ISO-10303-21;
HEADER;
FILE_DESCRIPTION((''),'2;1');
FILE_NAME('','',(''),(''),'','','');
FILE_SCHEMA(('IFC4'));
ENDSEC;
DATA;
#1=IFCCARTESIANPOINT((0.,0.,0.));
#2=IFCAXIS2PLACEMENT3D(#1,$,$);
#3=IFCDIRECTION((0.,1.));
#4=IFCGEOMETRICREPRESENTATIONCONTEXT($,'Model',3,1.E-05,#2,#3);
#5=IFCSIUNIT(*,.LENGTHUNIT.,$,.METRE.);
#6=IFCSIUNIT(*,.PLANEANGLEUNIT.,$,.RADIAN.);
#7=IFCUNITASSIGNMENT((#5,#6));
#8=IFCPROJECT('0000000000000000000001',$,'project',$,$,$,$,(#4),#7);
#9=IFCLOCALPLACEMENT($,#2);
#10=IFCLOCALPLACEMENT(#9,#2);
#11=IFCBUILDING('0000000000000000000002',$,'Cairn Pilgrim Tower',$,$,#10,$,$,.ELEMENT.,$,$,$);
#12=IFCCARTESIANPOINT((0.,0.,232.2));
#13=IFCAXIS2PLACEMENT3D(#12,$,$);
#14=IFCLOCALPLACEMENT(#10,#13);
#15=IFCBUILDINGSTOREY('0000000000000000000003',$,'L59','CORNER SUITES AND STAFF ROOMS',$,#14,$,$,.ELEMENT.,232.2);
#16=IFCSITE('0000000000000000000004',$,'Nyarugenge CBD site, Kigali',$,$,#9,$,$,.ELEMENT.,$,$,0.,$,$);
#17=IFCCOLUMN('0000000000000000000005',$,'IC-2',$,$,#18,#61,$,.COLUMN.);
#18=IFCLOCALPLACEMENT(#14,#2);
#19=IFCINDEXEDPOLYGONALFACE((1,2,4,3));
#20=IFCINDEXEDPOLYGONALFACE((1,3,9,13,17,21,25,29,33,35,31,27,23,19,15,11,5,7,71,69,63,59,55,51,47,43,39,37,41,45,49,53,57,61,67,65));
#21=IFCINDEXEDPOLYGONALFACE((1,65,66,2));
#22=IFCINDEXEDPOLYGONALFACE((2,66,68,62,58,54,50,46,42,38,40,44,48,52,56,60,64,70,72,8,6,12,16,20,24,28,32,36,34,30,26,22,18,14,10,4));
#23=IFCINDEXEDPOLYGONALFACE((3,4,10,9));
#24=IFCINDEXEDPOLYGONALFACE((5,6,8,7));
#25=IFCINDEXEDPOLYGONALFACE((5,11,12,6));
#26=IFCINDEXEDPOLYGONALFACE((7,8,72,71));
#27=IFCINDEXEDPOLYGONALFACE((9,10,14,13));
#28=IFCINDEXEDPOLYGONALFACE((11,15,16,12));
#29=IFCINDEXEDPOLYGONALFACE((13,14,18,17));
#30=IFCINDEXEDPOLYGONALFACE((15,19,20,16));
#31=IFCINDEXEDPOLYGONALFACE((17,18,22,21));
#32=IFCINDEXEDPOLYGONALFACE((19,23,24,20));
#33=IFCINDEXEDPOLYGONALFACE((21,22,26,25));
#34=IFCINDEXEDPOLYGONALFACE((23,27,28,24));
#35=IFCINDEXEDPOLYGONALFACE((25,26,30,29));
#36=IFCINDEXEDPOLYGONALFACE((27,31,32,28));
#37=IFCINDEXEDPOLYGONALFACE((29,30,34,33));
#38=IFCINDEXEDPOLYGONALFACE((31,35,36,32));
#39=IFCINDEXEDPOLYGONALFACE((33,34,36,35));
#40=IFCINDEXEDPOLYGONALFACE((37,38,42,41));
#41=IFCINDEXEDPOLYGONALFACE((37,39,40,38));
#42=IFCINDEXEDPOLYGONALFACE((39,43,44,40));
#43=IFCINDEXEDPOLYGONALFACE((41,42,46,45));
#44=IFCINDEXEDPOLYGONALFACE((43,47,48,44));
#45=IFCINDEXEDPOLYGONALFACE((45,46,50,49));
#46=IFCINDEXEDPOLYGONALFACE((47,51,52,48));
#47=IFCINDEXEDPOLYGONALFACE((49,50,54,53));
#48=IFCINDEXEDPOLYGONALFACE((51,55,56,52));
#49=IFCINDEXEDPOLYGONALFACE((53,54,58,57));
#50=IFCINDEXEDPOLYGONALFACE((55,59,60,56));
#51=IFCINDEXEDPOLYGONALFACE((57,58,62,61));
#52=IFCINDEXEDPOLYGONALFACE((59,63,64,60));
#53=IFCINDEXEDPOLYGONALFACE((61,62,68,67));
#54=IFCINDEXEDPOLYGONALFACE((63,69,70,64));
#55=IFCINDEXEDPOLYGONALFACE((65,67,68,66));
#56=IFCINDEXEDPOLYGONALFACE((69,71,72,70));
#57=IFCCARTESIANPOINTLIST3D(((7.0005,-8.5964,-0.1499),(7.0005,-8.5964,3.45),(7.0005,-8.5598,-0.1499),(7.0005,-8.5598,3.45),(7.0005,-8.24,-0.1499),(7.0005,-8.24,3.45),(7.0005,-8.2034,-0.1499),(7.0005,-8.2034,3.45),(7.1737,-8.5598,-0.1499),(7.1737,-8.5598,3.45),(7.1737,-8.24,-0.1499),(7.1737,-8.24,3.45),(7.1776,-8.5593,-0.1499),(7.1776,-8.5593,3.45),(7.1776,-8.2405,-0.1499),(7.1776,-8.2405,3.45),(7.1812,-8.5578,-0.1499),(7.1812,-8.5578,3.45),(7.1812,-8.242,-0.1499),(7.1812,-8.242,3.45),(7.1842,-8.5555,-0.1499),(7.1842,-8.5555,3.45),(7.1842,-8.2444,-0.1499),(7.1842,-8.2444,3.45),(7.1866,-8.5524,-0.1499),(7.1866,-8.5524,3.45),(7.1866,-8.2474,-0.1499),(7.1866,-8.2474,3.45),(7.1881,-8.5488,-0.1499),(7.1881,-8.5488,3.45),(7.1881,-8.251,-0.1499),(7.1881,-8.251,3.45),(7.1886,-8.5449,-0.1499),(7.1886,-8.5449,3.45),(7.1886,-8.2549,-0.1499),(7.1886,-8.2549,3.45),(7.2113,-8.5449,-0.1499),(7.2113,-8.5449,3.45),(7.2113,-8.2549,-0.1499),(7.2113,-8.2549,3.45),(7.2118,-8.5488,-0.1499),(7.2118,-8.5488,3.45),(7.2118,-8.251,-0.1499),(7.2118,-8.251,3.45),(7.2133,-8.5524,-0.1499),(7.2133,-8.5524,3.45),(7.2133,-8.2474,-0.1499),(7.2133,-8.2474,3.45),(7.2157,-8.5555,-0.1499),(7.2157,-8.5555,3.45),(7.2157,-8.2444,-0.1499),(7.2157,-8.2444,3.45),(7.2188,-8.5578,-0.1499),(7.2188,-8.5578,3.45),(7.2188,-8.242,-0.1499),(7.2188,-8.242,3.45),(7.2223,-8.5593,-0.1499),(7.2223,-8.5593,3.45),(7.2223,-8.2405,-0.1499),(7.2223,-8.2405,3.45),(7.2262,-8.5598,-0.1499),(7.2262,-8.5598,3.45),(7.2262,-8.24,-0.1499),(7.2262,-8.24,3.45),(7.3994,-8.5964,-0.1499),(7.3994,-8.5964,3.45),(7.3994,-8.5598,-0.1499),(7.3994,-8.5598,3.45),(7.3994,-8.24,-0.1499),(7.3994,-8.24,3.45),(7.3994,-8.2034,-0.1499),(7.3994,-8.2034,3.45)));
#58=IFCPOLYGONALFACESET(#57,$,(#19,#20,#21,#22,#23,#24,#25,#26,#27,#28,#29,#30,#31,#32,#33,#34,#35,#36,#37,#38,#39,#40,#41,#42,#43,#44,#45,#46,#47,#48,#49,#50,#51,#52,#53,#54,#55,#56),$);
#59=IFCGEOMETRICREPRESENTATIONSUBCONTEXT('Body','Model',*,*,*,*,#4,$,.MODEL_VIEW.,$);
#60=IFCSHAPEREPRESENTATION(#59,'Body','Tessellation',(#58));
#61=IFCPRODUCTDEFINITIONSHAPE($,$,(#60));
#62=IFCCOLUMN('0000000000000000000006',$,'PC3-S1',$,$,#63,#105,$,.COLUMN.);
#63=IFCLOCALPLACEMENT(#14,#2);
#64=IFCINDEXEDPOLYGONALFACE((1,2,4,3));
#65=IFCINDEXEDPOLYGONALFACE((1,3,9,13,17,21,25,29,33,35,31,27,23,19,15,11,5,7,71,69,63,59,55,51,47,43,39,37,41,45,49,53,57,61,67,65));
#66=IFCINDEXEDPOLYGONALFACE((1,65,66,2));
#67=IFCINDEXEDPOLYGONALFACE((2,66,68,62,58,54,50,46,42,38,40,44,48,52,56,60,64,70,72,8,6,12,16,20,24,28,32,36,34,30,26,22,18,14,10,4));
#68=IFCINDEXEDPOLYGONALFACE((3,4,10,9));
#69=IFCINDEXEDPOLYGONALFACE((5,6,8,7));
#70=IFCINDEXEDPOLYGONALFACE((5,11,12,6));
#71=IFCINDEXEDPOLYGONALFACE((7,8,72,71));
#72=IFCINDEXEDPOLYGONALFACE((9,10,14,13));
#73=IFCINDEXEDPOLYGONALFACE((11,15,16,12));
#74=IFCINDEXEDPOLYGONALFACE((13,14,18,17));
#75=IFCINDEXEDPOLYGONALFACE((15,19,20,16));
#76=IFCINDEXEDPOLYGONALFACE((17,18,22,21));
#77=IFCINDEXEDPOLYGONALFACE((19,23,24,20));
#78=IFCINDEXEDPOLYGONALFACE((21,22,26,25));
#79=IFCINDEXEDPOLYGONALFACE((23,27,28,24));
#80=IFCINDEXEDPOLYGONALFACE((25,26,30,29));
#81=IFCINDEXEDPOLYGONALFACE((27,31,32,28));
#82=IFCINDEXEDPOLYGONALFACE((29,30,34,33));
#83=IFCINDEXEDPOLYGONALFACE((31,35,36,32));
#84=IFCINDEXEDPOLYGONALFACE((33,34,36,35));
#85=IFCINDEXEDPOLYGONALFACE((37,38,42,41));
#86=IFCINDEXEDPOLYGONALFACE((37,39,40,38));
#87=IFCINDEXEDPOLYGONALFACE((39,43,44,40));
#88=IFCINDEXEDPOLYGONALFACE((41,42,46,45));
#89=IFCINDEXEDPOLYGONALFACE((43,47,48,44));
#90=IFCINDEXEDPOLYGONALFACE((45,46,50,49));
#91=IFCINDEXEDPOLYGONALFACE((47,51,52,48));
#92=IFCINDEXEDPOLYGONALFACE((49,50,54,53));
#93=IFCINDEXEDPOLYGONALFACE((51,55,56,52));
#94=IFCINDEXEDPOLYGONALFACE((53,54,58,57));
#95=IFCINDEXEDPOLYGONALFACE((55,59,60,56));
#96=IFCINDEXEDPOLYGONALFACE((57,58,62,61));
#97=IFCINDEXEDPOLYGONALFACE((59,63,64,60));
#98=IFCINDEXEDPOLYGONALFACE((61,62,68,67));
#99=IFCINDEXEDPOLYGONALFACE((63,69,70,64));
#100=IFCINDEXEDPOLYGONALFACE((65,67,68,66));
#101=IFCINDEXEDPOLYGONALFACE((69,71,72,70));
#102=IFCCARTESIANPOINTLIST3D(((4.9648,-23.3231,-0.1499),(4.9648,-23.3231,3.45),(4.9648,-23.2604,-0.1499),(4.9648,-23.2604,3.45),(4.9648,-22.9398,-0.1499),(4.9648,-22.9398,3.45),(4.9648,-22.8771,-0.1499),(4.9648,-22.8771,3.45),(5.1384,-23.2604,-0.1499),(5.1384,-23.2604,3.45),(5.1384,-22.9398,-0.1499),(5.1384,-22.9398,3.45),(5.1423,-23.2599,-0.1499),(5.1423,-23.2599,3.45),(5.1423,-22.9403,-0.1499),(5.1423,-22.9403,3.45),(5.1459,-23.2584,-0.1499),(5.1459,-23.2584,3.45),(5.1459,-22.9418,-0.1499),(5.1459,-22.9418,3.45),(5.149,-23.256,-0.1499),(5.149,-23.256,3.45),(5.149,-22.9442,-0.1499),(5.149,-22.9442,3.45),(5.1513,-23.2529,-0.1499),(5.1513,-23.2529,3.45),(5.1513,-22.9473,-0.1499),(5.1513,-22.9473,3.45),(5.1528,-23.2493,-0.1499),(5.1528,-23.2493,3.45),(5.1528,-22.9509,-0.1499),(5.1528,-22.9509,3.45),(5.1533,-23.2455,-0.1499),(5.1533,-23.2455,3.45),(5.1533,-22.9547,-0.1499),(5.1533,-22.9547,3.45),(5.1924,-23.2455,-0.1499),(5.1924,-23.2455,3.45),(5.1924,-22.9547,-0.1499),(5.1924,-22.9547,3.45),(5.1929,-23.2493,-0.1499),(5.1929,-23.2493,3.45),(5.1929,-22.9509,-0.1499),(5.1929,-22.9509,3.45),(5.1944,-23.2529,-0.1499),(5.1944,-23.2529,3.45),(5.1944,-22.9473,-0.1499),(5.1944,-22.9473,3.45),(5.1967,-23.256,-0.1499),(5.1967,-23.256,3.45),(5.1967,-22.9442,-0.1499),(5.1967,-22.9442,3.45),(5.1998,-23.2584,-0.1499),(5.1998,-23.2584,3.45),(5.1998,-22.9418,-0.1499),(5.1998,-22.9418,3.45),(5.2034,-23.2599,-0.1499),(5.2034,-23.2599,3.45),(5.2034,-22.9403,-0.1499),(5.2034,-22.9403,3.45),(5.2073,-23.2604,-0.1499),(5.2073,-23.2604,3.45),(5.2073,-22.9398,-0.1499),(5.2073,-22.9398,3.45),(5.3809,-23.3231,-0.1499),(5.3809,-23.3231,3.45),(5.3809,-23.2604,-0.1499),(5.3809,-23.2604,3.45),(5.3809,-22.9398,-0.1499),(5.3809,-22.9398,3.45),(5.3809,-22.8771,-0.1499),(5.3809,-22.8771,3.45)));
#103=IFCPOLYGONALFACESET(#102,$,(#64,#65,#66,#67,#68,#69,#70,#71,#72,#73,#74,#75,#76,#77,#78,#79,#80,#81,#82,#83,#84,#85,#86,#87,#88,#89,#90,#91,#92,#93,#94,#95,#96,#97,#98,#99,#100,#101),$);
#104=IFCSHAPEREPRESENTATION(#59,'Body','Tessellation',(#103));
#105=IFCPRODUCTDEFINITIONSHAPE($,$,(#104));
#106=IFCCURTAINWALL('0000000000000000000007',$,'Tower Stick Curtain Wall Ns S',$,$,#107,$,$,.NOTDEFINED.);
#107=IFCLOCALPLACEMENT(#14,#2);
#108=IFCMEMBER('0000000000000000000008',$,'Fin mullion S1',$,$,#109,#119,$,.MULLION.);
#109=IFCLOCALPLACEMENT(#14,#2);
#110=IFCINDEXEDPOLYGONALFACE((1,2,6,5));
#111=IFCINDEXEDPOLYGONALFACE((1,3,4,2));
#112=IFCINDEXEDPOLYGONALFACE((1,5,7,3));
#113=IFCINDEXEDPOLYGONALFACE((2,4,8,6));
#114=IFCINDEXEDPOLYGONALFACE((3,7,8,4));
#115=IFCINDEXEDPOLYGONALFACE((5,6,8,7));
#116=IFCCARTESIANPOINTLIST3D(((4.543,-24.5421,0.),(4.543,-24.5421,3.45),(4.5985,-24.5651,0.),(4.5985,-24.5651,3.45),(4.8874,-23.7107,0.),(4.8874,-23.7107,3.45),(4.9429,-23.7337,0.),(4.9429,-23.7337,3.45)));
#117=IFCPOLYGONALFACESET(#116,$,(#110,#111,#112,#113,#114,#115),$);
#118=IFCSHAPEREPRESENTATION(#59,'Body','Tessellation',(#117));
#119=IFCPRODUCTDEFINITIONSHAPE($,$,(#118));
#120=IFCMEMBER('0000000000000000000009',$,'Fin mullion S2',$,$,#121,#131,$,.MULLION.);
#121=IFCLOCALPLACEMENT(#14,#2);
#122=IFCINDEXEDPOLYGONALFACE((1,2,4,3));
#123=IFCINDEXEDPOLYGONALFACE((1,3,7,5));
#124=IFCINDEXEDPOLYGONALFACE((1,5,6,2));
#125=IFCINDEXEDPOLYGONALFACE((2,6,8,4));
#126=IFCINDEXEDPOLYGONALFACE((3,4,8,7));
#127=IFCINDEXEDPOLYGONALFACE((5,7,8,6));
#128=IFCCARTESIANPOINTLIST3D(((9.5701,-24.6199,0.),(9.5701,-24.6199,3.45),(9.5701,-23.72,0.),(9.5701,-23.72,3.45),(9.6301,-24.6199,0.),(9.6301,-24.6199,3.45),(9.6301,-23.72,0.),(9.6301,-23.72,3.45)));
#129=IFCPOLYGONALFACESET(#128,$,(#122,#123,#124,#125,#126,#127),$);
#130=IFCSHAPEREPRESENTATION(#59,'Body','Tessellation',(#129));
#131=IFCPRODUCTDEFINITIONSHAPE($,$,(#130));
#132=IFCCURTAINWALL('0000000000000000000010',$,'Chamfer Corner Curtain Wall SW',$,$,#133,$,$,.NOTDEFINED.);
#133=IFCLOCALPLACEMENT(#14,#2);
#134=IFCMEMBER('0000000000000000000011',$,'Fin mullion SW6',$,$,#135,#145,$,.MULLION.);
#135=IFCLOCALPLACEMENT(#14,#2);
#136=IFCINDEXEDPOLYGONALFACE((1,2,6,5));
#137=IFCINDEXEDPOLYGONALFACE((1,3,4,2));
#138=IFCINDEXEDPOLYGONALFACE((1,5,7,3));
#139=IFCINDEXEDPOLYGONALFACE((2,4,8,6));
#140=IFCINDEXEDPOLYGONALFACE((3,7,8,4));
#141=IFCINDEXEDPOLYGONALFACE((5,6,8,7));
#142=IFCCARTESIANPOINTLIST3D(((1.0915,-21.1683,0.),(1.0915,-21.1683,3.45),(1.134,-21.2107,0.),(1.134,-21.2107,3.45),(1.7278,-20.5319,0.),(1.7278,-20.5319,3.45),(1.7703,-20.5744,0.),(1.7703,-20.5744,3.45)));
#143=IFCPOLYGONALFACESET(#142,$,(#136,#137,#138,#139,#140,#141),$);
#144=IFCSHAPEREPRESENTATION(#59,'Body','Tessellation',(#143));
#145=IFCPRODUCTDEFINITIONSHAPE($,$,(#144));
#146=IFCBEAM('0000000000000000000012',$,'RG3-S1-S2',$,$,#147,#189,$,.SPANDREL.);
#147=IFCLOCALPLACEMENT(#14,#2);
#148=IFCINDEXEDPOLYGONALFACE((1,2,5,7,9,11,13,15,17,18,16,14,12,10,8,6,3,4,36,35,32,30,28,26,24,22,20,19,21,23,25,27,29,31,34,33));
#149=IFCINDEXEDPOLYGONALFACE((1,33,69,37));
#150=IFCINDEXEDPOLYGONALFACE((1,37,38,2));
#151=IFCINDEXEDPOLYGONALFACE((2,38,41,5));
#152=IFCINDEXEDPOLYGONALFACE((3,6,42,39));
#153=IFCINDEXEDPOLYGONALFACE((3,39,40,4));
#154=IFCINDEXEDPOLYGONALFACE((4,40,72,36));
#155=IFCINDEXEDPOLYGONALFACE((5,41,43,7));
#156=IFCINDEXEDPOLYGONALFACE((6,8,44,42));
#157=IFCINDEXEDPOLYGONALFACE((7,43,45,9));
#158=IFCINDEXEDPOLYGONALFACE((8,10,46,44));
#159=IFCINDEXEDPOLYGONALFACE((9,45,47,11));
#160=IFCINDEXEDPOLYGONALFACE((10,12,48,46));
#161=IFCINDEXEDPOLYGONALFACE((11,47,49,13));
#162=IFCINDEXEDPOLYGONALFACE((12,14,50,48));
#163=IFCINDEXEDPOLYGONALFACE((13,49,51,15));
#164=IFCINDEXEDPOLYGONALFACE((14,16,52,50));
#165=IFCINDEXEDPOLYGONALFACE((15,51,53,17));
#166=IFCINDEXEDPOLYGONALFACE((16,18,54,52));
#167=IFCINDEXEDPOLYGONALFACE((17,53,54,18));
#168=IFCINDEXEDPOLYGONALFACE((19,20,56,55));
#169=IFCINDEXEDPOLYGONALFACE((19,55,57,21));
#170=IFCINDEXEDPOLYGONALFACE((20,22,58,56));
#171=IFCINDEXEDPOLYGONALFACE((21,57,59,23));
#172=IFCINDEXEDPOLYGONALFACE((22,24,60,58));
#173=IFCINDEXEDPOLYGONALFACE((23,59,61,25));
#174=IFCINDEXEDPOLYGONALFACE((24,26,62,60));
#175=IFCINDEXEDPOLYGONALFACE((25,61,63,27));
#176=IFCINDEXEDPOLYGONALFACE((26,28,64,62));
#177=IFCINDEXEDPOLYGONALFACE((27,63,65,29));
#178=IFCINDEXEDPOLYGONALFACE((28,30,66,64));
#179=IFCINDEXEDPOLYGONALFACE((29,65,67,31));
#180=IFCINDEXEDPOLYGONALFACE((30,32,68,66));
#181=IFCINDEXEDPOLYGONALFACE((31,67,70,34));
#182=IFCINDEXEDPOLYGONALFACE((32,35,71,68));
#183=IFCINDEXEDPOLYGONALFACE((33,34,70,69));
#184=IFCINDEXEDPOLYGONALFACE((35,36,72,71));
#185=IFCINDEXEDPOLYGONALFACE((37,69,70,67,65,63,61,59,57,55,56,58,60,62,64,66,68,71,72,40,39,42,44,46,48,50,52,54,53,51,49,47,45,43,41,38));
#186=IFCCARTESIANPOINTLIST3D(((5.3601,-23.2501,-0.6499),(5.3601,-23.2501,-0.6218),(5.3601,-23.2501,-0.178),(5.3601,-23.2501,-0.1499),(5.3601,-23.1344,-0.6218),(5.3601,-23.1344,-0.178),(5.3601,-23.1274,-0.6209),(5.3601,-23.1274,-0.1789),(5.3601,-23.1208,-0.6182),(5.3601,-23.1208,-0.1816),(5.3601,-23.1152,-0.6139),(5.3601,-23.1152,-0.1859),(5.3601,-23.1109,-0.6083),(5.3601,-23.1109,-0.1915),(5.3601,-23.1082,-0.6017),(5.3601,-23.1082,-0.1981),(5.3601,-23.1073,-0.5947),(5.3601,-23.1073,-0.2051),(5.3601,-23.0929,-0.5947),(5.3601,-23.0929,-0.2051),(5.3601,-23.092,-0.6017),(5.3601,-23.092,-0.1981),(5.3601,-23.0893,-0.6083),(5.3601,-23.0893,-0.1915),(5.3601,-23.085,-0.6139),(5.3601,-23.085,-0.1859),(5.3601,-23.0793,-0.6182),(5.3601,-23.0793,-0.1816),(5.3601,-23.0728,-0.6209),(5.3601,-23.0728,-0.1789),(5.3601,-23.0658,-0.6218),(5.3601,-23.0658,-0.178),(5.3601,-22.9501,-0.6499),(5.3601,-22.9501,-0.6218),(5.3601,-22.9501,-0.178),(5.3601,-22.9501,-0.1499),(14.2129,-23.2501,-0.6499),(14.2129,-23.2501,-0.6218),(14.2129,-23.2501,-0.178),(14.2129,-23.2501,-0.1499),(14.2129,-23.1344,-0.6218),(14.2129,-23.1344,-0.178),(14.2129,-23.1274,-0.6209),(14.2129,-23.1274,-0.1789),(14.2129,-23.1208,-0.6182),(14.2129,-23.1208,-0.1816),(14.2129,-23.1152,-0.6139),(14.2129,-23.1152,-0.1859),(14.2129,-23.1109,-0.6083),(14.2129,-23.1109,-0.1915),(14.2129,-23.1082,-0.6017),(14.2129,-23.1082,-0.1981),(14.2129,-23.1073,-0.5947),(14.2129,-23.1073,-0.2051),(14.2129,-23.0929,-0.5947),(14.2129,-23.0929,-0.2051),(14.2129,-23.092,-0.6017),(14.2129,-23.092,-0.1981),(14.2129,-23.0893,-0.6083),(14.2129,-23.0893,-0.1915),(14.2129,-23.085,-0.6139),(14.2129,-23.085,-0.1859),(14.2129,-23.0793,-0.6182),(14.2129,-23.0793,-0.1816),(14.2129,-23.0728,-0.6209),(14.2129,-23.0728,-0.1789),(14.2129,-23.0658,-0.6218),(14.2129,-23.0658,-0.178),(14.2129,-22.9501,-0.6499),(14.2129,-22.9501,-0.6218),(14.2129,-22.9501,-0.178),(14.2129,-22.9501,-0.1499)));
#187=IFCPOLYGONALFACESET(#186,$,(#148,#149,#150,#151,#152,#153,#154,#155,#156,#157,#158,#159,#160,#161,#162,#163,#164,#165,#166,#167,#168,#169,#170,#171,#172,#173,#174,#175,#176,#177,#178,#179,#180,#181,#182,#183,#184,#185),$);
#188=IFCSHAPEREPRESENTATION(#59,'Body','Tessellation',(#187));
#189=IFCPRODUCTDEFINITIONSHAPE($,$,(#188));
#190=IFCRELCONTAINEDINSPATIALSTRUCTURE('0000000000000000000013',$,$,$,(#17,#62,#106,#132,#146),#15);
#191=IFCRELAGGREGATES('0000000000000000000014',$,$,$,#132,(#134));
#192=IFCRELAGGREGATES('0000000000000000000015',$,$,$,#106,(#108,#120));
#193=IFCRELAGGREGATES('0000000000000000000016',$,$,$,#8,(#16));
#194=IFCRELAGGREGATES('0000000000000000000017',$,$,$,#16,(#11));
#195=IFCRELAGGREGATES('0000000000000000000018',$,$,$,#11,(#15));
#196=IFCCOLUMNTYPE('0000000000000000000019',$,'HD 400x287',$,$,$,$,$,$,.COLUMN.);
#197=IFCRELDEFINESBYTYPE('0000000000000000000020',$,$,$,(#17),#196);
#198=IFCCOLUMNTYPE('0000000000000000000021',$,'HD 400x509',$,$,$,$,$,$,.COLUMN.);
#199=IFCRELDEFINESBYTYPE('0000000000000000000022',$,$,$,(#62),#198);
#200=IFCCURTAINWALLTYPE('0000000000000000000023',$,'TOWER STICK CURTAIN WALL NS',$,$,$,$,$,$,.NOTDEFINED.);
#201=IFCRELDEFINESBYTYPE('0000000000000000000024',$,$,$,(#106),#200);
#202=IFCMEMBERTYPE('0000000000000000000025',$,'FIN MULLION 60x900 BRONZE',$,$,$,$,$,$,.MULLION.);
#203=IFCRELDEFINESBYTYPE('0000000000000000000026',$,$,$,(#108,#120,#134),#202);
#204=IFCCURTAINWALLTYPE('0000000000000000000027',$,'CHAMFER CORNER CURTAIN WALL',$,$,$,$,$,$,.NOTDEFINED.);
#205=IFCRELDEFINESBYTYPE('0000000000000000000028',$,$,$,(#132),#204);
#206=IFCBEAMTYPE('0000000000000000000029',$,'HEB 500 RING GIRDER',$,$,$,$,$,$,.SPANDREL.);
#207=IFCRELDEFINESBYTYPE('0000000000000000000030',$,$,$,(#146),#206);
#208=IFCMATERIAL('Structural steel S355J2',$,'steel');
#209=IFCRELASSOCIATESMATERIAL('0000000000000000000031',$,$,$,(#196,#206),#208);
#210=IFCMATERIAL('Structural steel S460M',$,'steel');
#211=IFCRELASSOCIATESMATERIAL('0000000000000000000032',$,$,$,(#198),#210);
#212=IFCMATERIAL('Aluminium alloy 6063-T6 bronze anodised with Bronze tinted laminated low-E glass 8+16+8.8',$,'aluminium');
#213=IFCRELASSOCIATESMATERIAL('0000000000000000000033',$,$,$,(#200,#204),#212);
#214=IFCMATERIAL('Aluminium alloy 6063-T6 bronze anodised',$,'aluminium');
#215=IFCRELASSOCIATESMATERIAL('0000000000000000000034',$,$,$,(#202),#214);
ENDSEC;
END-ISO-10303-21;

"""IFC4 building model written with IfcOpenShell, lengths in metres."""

from ifc_helpers import new_model, si_unit, direction, frame, origin, origin_2d, place, context, subcontext, project, spatial, rectangle, i_section, extrude, material, material_profile, profile_set, type_object, element, aggregate, save


model = new_model("IFC4")

# Units and contexts
model_context = context("Model", 3, precision=1e-05, world=origin(), true_north=direction((0.0, 1.0)))
body_context = subcontext(model_context, "Body", "Model", "MODEL_VIEW")
ifc_project = project(units=[si_unit("LENGTHUNIT", "METRE"), si_unit("PLANEANGLEUNIT", "RADIAN")], contexts=[model_context])

# Site, building, storey
site_placement = place(None, origin())
site = spatial("IfcSite", under=ifc_project, at=site_placement, Name="Nyarugenge CBD site, Kigali", CompositionType="ELEMENT", RefElevation=0.0)
building_placement = place(site_placement, origin())
building = spatial("IfcBuilding", under=site, at=building_placement, Name="Cairn Pilgrim Tower", CompositionType="ELEMENT")
storey_placement = place(building_placement, frame((0.0, 0.0, 232.2)))
storey = spatial("IfcBuildingStorey", under=building, at=storey_placement, Name="L59", Description="CORNER SUITES AND STAFF ROOMS", CompositionType="ELEMENT", Elevation=232.2)

# Columns
ifc_material_1 = material(Name="Structural steel S355J2", Category="steel")
ifc_material_profile_1 = material_profile(ifc_material_1, i_section(OverallWidth=0.3989, OverallDepth=0.3931, WebThickness=0.0227, FlangeThickness=0.0366, FilletRadius=0.0149, at=origin_2d()), Name="HD 400x287")
ifc_profile_set_1 = profile_set([ifc_material_profile_1], Name="Structural steel S355J2")
column_type_1 = type_object("IfcColumnType", Name="HD 400x287", PredefinedType="COLUMN", material=ifc_profile_set_1)
column_1_placement = place(storey_placement, frame((7.2, -8.3999, -0.1499), z_axis=(0.0, 0.0, 1.0), x_axis=(1.0, 0.0, 0.0)))
element("IfcColumn", 1, at=column_1_placement, inside=storey, type_object=column_type_1, Name="IC-2", PredefinedType="COLUMN", context=body_context, shape_type="SweptSolid", body=[
    extrude(i_section(OverallWidth=0.3989, OverallDepth=0.3931, WebThickness=0.0227, FlangeThickness=0.0366, FilletRadius=0.0149, at=origin_2d()), origin(), (0.0, 0.0, 1.0), 3.5999),
])
ifc_material_2 = material(Name="Structural steel S460M", Category="steel")
ifc_material_profile_2 = material_profile(ifc_material_2, i_section(OverallWidth=0.416, OverallDepth=0.446, WebThickness=0.0391, FlangeThickness=0.0627, FilletRadius=0.0149, at=origin_2d()), Name="HD 400x509")
ifc_profile_set_2 = profile_set([ifc_material_profile_2], Name="Structural steel S460M")
column_type_2 = type_object("IfcColumnType", Name="HD 400x509", PredefinedType="COLUMN", material=ifc_profile_set_2)
column_2_placement = place(storey_placement, frame((5.1729, -23.1001, -0.1499), z_axis=(0.0, 0.0, 1.0), x_axis=(1.0, 0.0, 0.0)))
element("IfcColumn", 2, at=column_2_placement, inside=storey, type_object=column_type_2, Name="PC3-S1", PredefinedType="COLUMN", context=body_context, shape_type="SweptSolid", body=[
    extrude(i_section(OverallWidth=0.416, OverallDepth=0.446, WebThickness=0.0391, FlangeThickness=0.0627, FilletRadius=0.0149, at=origin_2d()), origin(), (0.0, 0.0, 1.0), 3.5999),
])

# Curtain wall, members
ifc_material_3 = material(Name="Aluminium alloy 6063-T6 bronze anodised with Bronze tinted laminated low-E glass 8+16+8.8", Category="aluminium")
curtain_wall_type_1 = type_object("IfcCurtainWallType", Name="TOWER STICK CURTAIN WALL NS", PredefinedType="NOTDEFINED", material=ifc_material_3)
curtain_wall_1_placement = place(storey_placement, origin())
curtain_wall_1 = element("IfcCurtainWall", 3, at=curtain_wall_1_placement, inside=storey, type_object=curtain_wall_type_1, Name="Tower Stick Curtain Wall Ns S", PredefinedType="NOTDEFINED")
ifc_material_4 = material(Name="Aluminium alloy 6063-T6 bronze anodised", Category="aluminium")
ifc_material_profile_3 = material_profile(ifc_material_4, rectangle(XDim=0.8999, YDim=0.0601, at=origin_2d()), Name="FIN MULLION 60x900 BRONZE")
ifc_profile_set_3 = profile_set([ifc_material_profile_3], Name="Aluminium alloy 6063-T6 bronze anodised")
member_type_1 = type_object("IfcMemberType", Name="FIN MULLION 60x900 BRONZE", PredefinedType="MULLION", material=ifc_profile_set_3)
member_1_placement = place(storey_placement, frame((4.7429, -24.1379, 0.0), z_axis=(0.0, 0.0, 1.0), x_axis=(-0.382683, -0.92388, 0.0)))
member_1 = element("IfcMember", 4, at=member_1_placement, type_object=member_type_1, Name="Fin mullion S1", PredefinedType="MULLION", context=body_context, shape_type="SweptSolid", body=[
    extrude(rectangle(XDim=0.8999, YDim=0.0601, at=origin_2d()), origin(), (0.0, 0.0, 1.0), 3.45),
])
member_2_placement = place(storey_placement, frame((9.6001, -24.1699, 0.0), z_axis=(0.0, 0.0, 1.0), x_axis=(0.0, -1.0, 0.0)))
member_2 = element("IfcMember", 5, at=member_2_placement, type_object=member_type_1, Name="Fin mullion S2", PredefinedType="MULLION", context=body_context, shape_type="SweptSolid", body=[
    extrude(rectangle(XDim=0.8999, YDim=0.0601, at=origin_2d()), origin(), (0.0, 0.0, 1.0), 3.45),
])

# Curtain wall, member
curtain_wall_type_2 = type_object("IfcCurtainWallType", Name="CHAMFER CORNER CURTAIN WALL", PredefinedType="NOTDEFINED", material=ifc_material_3)
curtain_wall_2_placement = place(storey_placement, origin())
curtain_wall_2 = element("IfcCurtainWall", 6, at=curtain_wall_2_placement, inside=storey, type_object=curtain_wall_type_2, Name="Chamfer Corner Curtain Wall SW", PredefinedType="NOTDEFINED")
member_3_placement = place(storey_placement, frame((1.4309, -20.8713, 0.0), z_axis=(0.0, 0.0, 1.0), x_axis=(-0.707107, -0.707107, 0.0)))
member_3 = element("IfcMember", 7, at=member_3_placement, type_object=member_type_1, Name="Fin mullion SW6", PredefinedType="MULLION", context=body_context, shape_type="SweptSolid", body=[
    extrude(rectangle(XDim=0.8999, YDim=0.0601, at=origin_2d()), origin(), (0.0, 0.0, 1.0), 3.45),
])

# Beam
ifc_material_profile_4 = material_profile(ifc_material_1, i_section(OverallWidth=0.3, OverallDepth=0.5, WebThickness=0.0144, FlangeThickness=0.0281, FilletRadius=0.0271, at=origin_2d()), Name="HEB 500")
ifc_profile_set_4 = profile_set([ifc_material_profile_4], Name="Structural steel S355J2")
beam_type_1 = type_object("IfcBeamType", Name="HEB 500 RING GIRDER", PredefinedType="SPANDREL", material=ifc_profile_set_4)
beam_1_placement = place(storey_placement, frame((5.3601, -23.1001, -0.3999), z_axis=(1.0, 0.0, 0.0), x_axis=(0.0, 1.0, 0.0)))
element("IfcBeam", 8, at=beam_1_placement, inside=storey, type_object=beam_type_1, Name="RG3-S1-S2", PredefinedType="SPANDREL", context=body_context, shape_type="SweptSolid", body=[
    extrude(i_section(OverallWidth=0.3, OverallDepth=0.5, WebThickness=0.0144, FlangeThickness=0.0281, FilletRadius=0.0271, at=origin_2d()), origin(), (0.0, 0.0, 1.0), 8.8528),
])

aggregate(curtain_wall_2, [member_3])
aggregate(curtain_wall_1, [member_1, member_2])

save(model, "model.ifc")
